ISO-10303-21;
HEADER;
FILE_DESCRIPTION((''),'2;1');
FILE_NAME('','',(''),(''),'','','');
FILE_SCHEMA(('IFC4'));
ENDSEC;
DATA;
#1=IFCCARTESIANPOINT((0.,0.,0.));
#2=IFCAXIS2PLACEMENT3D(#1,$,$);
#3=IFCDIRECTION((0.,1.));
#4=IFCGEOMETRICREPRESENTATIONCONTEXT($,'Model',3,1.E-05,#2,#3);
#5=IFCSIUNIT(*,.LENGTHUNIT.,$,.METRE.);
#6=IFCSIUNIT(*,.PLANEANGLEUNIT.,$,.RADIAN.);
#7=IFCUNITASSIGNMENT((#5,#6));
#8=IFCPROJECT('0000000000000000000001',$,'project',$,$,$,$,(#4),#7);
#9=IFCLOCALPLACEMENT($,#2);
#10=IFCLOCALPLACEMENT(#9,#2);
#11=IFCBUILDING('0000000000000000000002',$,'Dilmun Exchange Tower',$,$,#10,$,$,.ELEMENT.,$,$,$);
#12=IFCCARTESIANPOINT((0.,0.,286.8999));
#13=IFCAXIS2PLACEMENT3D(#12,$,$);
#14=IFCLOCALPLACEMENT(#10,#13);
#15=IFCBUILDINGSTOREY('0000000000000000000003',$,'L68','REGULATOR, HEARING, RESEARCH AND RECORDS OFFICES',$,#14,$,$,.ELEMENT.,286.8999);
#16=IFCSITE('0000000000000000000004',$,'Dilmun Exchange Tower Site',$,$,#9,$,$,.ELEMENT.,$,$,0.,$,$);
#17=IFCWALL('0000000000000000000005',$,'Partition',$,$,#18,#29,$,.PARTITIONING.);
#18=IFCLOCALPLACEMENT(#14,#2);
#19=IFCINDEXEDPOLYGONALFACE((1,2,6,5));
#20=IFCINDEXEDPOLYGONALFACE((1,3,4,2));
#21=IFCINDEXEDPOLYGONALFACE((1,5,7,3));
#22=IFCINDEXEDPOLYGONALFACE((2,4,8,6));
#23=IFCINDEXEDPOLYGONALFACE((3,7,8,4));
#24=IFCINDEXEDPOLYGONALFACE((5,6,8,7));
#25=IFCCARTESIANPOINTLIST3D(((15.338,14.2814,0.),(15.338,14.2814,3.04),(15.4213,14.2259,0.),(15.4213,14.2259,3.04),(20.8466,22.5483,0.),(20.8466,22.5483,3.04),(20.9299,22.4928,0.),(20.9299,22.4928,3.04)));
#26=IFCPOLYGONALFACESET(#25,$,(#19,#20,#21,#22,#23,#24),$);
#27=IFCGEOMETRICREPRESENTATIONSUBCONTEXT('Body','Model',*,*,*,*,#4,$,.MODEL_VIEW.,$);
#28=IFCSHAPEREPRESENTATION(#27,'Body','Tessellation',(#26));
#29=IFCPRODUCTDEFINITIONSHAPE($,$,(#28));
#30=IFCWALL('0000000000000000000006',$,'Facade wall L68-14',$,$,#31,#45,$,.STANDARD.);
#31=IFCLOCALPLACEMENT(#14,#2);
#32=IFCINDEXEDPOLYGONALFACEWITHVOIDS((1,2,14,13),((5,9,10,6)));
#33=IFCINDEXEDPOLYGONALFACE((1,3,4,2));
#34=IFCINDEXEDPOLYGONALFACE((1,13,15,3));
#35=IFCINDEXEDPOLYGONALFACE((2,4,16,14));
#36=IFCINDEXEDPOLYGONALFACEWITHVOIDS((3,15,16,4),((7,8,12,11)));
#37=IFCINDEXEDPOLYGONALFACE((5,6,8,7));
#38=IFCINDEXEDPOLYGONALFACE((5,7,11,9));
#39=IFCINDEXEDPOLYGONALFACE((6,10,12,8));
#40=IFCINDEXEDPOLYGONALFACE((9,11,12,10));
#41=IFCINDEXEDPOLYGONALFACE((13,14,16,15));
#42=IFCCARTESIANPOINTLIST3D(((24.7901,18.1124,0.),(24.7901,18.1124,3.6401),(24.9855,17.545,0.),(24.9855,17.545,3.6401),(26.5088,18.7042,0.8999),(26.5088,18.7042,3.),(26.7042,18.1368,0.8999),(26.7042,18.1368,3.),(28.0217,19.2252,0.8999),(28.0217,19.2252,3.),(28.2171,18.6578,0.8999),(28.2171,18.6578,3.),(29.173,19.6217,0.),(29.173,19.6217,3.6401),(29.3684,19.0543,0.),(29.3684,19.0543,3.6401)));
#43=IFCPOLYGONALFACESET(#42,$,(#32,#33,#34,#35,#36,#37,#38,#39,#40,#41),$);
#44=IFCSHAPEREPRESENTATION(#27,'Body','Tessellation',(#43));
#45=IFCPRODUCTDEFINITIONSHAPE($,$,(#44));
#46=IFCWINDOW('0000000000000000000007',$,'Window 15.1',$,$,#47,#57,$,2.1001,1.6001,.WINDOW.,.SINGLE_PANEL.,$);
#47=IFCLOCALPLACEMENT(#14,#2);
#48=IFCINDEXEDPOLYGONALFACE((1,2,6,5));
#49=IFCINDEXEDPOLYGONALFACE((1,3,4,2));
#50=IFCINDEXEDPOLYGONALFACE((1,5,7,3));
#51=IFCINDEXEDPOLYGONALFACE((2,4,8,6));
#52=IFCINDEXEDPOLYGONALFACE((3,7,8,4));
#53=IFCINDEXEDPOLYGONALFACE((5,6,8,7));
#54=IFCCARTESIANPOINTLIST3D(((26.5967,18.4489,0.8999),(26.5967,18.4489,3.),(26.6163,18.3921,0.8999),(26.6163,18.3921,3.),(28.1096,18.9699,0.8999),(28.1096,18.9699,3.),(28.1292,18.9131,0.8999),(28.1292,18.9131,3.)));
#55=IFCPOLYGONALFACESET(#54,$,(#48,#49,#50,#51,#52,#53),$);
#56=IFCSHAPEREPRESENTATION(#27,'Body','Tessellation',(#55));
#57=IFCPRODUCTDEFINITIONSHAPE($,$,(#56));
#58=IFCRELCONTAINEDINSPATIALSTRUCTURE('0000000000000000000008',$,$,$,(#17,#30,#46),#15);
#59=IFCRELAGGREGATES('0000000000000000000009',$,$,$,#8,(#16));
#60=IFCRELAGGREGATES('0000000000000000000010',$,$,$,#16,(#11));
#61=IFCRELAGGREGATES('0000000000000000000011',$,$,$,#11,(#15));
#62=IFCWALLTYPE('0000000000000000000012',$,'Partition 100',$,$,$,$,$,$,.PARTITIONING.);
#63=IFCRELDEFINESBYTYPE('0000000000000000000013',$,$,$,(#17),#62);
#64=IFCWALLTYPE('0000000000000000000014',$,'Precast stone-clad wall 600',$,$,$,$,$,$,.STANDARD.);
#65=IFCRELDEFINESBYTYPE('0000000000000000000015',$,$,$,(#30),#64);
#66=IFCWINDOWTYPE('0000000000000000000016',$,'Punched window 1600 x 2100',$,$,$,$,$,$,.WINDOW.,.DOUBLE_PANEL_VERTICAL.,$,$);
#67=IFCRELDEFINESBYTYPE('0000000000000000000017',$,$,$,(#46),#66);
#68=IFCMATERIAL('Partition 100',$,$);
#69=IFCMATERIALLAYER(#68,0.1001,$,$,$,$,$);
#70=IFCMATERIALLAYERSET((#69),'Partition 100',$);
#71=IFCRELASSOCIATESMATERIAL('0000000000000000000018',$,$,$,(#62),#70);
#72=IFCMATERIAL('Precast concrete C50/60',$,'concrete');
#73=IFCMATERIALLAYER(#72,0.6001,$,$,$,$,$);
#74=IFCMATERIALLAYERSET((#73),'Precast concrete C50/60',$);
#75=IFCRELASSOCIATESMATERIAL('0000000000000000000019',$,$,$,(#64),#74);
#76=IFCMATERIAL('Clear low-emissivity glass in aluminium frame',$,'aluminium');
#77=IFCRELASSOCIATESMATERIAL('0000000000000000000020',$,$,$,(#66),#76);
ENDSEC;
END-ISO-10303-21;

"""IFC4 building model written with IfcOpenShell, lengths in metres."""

from ifc_helpers import new_model, si_unit, direction, frame, frame_2d, origin, place, context, subcontext, project, spatial, rectangle, extrude, material, layer, layer_set, type_object, element, fill, save


model = new_model("IFC4")

# Units and contexts
model_context = context("Model", 3, precision=1e-05, world=origin(), true_north=direction((0.0, 1.0)))
body_context = subcontext(model_context, "Body", "Model", "MODEL_VIEW")
ifc_project = project(units=[si_unit("LENGTHUNIT", "METRE"), si_unit("PLANEANGLEUNIT", "RADIAN")], contexts=[model_context])

# Site, building, storey
site_placement = place(None, origin())
site = spatial("IfcSite", under=ifc_project, at=site_placement, Name="Dilmun Exchange Tower Site", CompositionType="ELEMENT", RefElevation=0.0)
building_placement = place(site_placement, origin())
building = spatial("IfcBuilding", under=site, at=building_placement, Name="Dilmun Exchange Tower", CompositionType="ELEMENT")
storey_placement = place(building_placement, frame((0.0, 0.0, 286.8999)))
storey = spatial("IfcBuildingStorey", under=building, at=storey_placement, Name="L68", Description="REGULATOR, HEARING, RESEARCH AND RECORDS OFFICES", CompositionType="ELEMENT", Elevation=286.8999)

# Wall
ifc_material_1 = material(Name="Partition 100")
ifc_layer_1 = layer(ifc_material_1, 0.1001)
ifc_layer_set_1 = layer_set([ifc_layer_1], Name="Partition 100")
wall_type_1 = type_object("IfcWallType", Name="Partition 100", PredefinedType="PARTITIONING", material=ifc_layer_set_1)
wall_1_placement = place(storey_placement, frame((15.3796, 14.2537, 0.0), z_axis=(0.0, 0.0, 1.0), x_axis=(0.554513, 0.832175, 0.0)))
element("IfcWall", 1, at=wall_1_placement, inside=storey, type_object=wall_type_1, Name="Partition", PredefinedType="PARTITIONING", context=body_context, shape_type="SweptSolid", body=[
    extrude(rectangle(XDim=9.9341, YDim=0.1001, at=frame_2d((4.967, 0.0))), origin(), (0.0, 0.0, 1.0), 3.04),
])

# Wall, opening, window
ifc_material_2 = material(Name="Precast concrete C50/60", Category="concrete")
ifc_layer_2 = layer(ifc_material_2, 0.6001)
ifc_layer_set_2 = layer_set([ifc_layer_2], Name="Precast concrete C50/60")
wall_type_2 = type_object("IfcWallType", Name="Precast stone-clad wall 600", PredefinedType="STANDARD", material=ifc_layer_set_2)
wall_2_placement = place(storey_placement, frame((24.8877, 17.8286, 0.0), z_axis=(0.0, 0.0, 1.0), x_axis=(0.945508, 0.325598, 0.0)))
wall_2 = element("IfcWall", 2, at=wall_2_placement, inside=storey, type_object=wall_type_2, Name="Facade wall L68-14", PredefinedType="STANDARD", context=body_context, shape_type="SweptSolid", body=[
    extrude(rectangle(XDim=4.6355, YDim=0.6001, at=frame_2d((2.3179, 0.0))), origin(), (0.0, 0.0, 1.0), 3.6401),
])
opening_1_placement = place(wall_2_placement, frame((1.8179, 0.0, 0.8999)))
opening_1 = element("IfcOpeningElement", 3, at=opening_1_placement, cuts=wall_2, PredefinedType="OPENING", context=body_context, shape_type="SweptSolid", body=[
    extrude(rectangle(XDim=1.6001, YDim=2.1001, at=frame_2d((0.8, 1.05))), frame((0.0, 0.3101, 0.0), z_axis=(0.0, -1.0, 0.0), x_axis=(1.0, 0.0, 0.0)), (0.0, 0.0, 1.0), 0.6201),
])
ifc_material_3 = material(Name="Clear low-emissivity glass in aluminium frame", Category="aluminium")
window_type_1 = type_object("IfcWindowType", Name="Punched window 1600 x 2100", PartitioningType="DOUBLE_PANEL_VERTICAL", PredefinedType="WINDOW", material=ifc_material_3)
window_1_placement = place(opening_1_placement, origin())
window_1 = element("IfcWindow", 4, at=window_1_placement, inside=storey, type_object=window_type_1, Name="Window 15.1", OverallHeight=2.1001, OverallWidth=1.6001, PartitioningType="SINGLE_PANEL", PredefinedType="WINDOW", context=body_context, shape_type="SweptSolid", body=[
    extrude(rectangle(XDim=1.6001, YDim=2.1001, at=frame_2d((0.8, 1.05))), frame((0.0, 0.03, 0.0), z_axis=(0.0, -1.0, 0.0), x_axis=(1.0, 0.0, 0.0)), (0.0, 0.0, 1.0), 0.0601),
])
fill(opening_1, window_1)

save(model, "model.ifc")
